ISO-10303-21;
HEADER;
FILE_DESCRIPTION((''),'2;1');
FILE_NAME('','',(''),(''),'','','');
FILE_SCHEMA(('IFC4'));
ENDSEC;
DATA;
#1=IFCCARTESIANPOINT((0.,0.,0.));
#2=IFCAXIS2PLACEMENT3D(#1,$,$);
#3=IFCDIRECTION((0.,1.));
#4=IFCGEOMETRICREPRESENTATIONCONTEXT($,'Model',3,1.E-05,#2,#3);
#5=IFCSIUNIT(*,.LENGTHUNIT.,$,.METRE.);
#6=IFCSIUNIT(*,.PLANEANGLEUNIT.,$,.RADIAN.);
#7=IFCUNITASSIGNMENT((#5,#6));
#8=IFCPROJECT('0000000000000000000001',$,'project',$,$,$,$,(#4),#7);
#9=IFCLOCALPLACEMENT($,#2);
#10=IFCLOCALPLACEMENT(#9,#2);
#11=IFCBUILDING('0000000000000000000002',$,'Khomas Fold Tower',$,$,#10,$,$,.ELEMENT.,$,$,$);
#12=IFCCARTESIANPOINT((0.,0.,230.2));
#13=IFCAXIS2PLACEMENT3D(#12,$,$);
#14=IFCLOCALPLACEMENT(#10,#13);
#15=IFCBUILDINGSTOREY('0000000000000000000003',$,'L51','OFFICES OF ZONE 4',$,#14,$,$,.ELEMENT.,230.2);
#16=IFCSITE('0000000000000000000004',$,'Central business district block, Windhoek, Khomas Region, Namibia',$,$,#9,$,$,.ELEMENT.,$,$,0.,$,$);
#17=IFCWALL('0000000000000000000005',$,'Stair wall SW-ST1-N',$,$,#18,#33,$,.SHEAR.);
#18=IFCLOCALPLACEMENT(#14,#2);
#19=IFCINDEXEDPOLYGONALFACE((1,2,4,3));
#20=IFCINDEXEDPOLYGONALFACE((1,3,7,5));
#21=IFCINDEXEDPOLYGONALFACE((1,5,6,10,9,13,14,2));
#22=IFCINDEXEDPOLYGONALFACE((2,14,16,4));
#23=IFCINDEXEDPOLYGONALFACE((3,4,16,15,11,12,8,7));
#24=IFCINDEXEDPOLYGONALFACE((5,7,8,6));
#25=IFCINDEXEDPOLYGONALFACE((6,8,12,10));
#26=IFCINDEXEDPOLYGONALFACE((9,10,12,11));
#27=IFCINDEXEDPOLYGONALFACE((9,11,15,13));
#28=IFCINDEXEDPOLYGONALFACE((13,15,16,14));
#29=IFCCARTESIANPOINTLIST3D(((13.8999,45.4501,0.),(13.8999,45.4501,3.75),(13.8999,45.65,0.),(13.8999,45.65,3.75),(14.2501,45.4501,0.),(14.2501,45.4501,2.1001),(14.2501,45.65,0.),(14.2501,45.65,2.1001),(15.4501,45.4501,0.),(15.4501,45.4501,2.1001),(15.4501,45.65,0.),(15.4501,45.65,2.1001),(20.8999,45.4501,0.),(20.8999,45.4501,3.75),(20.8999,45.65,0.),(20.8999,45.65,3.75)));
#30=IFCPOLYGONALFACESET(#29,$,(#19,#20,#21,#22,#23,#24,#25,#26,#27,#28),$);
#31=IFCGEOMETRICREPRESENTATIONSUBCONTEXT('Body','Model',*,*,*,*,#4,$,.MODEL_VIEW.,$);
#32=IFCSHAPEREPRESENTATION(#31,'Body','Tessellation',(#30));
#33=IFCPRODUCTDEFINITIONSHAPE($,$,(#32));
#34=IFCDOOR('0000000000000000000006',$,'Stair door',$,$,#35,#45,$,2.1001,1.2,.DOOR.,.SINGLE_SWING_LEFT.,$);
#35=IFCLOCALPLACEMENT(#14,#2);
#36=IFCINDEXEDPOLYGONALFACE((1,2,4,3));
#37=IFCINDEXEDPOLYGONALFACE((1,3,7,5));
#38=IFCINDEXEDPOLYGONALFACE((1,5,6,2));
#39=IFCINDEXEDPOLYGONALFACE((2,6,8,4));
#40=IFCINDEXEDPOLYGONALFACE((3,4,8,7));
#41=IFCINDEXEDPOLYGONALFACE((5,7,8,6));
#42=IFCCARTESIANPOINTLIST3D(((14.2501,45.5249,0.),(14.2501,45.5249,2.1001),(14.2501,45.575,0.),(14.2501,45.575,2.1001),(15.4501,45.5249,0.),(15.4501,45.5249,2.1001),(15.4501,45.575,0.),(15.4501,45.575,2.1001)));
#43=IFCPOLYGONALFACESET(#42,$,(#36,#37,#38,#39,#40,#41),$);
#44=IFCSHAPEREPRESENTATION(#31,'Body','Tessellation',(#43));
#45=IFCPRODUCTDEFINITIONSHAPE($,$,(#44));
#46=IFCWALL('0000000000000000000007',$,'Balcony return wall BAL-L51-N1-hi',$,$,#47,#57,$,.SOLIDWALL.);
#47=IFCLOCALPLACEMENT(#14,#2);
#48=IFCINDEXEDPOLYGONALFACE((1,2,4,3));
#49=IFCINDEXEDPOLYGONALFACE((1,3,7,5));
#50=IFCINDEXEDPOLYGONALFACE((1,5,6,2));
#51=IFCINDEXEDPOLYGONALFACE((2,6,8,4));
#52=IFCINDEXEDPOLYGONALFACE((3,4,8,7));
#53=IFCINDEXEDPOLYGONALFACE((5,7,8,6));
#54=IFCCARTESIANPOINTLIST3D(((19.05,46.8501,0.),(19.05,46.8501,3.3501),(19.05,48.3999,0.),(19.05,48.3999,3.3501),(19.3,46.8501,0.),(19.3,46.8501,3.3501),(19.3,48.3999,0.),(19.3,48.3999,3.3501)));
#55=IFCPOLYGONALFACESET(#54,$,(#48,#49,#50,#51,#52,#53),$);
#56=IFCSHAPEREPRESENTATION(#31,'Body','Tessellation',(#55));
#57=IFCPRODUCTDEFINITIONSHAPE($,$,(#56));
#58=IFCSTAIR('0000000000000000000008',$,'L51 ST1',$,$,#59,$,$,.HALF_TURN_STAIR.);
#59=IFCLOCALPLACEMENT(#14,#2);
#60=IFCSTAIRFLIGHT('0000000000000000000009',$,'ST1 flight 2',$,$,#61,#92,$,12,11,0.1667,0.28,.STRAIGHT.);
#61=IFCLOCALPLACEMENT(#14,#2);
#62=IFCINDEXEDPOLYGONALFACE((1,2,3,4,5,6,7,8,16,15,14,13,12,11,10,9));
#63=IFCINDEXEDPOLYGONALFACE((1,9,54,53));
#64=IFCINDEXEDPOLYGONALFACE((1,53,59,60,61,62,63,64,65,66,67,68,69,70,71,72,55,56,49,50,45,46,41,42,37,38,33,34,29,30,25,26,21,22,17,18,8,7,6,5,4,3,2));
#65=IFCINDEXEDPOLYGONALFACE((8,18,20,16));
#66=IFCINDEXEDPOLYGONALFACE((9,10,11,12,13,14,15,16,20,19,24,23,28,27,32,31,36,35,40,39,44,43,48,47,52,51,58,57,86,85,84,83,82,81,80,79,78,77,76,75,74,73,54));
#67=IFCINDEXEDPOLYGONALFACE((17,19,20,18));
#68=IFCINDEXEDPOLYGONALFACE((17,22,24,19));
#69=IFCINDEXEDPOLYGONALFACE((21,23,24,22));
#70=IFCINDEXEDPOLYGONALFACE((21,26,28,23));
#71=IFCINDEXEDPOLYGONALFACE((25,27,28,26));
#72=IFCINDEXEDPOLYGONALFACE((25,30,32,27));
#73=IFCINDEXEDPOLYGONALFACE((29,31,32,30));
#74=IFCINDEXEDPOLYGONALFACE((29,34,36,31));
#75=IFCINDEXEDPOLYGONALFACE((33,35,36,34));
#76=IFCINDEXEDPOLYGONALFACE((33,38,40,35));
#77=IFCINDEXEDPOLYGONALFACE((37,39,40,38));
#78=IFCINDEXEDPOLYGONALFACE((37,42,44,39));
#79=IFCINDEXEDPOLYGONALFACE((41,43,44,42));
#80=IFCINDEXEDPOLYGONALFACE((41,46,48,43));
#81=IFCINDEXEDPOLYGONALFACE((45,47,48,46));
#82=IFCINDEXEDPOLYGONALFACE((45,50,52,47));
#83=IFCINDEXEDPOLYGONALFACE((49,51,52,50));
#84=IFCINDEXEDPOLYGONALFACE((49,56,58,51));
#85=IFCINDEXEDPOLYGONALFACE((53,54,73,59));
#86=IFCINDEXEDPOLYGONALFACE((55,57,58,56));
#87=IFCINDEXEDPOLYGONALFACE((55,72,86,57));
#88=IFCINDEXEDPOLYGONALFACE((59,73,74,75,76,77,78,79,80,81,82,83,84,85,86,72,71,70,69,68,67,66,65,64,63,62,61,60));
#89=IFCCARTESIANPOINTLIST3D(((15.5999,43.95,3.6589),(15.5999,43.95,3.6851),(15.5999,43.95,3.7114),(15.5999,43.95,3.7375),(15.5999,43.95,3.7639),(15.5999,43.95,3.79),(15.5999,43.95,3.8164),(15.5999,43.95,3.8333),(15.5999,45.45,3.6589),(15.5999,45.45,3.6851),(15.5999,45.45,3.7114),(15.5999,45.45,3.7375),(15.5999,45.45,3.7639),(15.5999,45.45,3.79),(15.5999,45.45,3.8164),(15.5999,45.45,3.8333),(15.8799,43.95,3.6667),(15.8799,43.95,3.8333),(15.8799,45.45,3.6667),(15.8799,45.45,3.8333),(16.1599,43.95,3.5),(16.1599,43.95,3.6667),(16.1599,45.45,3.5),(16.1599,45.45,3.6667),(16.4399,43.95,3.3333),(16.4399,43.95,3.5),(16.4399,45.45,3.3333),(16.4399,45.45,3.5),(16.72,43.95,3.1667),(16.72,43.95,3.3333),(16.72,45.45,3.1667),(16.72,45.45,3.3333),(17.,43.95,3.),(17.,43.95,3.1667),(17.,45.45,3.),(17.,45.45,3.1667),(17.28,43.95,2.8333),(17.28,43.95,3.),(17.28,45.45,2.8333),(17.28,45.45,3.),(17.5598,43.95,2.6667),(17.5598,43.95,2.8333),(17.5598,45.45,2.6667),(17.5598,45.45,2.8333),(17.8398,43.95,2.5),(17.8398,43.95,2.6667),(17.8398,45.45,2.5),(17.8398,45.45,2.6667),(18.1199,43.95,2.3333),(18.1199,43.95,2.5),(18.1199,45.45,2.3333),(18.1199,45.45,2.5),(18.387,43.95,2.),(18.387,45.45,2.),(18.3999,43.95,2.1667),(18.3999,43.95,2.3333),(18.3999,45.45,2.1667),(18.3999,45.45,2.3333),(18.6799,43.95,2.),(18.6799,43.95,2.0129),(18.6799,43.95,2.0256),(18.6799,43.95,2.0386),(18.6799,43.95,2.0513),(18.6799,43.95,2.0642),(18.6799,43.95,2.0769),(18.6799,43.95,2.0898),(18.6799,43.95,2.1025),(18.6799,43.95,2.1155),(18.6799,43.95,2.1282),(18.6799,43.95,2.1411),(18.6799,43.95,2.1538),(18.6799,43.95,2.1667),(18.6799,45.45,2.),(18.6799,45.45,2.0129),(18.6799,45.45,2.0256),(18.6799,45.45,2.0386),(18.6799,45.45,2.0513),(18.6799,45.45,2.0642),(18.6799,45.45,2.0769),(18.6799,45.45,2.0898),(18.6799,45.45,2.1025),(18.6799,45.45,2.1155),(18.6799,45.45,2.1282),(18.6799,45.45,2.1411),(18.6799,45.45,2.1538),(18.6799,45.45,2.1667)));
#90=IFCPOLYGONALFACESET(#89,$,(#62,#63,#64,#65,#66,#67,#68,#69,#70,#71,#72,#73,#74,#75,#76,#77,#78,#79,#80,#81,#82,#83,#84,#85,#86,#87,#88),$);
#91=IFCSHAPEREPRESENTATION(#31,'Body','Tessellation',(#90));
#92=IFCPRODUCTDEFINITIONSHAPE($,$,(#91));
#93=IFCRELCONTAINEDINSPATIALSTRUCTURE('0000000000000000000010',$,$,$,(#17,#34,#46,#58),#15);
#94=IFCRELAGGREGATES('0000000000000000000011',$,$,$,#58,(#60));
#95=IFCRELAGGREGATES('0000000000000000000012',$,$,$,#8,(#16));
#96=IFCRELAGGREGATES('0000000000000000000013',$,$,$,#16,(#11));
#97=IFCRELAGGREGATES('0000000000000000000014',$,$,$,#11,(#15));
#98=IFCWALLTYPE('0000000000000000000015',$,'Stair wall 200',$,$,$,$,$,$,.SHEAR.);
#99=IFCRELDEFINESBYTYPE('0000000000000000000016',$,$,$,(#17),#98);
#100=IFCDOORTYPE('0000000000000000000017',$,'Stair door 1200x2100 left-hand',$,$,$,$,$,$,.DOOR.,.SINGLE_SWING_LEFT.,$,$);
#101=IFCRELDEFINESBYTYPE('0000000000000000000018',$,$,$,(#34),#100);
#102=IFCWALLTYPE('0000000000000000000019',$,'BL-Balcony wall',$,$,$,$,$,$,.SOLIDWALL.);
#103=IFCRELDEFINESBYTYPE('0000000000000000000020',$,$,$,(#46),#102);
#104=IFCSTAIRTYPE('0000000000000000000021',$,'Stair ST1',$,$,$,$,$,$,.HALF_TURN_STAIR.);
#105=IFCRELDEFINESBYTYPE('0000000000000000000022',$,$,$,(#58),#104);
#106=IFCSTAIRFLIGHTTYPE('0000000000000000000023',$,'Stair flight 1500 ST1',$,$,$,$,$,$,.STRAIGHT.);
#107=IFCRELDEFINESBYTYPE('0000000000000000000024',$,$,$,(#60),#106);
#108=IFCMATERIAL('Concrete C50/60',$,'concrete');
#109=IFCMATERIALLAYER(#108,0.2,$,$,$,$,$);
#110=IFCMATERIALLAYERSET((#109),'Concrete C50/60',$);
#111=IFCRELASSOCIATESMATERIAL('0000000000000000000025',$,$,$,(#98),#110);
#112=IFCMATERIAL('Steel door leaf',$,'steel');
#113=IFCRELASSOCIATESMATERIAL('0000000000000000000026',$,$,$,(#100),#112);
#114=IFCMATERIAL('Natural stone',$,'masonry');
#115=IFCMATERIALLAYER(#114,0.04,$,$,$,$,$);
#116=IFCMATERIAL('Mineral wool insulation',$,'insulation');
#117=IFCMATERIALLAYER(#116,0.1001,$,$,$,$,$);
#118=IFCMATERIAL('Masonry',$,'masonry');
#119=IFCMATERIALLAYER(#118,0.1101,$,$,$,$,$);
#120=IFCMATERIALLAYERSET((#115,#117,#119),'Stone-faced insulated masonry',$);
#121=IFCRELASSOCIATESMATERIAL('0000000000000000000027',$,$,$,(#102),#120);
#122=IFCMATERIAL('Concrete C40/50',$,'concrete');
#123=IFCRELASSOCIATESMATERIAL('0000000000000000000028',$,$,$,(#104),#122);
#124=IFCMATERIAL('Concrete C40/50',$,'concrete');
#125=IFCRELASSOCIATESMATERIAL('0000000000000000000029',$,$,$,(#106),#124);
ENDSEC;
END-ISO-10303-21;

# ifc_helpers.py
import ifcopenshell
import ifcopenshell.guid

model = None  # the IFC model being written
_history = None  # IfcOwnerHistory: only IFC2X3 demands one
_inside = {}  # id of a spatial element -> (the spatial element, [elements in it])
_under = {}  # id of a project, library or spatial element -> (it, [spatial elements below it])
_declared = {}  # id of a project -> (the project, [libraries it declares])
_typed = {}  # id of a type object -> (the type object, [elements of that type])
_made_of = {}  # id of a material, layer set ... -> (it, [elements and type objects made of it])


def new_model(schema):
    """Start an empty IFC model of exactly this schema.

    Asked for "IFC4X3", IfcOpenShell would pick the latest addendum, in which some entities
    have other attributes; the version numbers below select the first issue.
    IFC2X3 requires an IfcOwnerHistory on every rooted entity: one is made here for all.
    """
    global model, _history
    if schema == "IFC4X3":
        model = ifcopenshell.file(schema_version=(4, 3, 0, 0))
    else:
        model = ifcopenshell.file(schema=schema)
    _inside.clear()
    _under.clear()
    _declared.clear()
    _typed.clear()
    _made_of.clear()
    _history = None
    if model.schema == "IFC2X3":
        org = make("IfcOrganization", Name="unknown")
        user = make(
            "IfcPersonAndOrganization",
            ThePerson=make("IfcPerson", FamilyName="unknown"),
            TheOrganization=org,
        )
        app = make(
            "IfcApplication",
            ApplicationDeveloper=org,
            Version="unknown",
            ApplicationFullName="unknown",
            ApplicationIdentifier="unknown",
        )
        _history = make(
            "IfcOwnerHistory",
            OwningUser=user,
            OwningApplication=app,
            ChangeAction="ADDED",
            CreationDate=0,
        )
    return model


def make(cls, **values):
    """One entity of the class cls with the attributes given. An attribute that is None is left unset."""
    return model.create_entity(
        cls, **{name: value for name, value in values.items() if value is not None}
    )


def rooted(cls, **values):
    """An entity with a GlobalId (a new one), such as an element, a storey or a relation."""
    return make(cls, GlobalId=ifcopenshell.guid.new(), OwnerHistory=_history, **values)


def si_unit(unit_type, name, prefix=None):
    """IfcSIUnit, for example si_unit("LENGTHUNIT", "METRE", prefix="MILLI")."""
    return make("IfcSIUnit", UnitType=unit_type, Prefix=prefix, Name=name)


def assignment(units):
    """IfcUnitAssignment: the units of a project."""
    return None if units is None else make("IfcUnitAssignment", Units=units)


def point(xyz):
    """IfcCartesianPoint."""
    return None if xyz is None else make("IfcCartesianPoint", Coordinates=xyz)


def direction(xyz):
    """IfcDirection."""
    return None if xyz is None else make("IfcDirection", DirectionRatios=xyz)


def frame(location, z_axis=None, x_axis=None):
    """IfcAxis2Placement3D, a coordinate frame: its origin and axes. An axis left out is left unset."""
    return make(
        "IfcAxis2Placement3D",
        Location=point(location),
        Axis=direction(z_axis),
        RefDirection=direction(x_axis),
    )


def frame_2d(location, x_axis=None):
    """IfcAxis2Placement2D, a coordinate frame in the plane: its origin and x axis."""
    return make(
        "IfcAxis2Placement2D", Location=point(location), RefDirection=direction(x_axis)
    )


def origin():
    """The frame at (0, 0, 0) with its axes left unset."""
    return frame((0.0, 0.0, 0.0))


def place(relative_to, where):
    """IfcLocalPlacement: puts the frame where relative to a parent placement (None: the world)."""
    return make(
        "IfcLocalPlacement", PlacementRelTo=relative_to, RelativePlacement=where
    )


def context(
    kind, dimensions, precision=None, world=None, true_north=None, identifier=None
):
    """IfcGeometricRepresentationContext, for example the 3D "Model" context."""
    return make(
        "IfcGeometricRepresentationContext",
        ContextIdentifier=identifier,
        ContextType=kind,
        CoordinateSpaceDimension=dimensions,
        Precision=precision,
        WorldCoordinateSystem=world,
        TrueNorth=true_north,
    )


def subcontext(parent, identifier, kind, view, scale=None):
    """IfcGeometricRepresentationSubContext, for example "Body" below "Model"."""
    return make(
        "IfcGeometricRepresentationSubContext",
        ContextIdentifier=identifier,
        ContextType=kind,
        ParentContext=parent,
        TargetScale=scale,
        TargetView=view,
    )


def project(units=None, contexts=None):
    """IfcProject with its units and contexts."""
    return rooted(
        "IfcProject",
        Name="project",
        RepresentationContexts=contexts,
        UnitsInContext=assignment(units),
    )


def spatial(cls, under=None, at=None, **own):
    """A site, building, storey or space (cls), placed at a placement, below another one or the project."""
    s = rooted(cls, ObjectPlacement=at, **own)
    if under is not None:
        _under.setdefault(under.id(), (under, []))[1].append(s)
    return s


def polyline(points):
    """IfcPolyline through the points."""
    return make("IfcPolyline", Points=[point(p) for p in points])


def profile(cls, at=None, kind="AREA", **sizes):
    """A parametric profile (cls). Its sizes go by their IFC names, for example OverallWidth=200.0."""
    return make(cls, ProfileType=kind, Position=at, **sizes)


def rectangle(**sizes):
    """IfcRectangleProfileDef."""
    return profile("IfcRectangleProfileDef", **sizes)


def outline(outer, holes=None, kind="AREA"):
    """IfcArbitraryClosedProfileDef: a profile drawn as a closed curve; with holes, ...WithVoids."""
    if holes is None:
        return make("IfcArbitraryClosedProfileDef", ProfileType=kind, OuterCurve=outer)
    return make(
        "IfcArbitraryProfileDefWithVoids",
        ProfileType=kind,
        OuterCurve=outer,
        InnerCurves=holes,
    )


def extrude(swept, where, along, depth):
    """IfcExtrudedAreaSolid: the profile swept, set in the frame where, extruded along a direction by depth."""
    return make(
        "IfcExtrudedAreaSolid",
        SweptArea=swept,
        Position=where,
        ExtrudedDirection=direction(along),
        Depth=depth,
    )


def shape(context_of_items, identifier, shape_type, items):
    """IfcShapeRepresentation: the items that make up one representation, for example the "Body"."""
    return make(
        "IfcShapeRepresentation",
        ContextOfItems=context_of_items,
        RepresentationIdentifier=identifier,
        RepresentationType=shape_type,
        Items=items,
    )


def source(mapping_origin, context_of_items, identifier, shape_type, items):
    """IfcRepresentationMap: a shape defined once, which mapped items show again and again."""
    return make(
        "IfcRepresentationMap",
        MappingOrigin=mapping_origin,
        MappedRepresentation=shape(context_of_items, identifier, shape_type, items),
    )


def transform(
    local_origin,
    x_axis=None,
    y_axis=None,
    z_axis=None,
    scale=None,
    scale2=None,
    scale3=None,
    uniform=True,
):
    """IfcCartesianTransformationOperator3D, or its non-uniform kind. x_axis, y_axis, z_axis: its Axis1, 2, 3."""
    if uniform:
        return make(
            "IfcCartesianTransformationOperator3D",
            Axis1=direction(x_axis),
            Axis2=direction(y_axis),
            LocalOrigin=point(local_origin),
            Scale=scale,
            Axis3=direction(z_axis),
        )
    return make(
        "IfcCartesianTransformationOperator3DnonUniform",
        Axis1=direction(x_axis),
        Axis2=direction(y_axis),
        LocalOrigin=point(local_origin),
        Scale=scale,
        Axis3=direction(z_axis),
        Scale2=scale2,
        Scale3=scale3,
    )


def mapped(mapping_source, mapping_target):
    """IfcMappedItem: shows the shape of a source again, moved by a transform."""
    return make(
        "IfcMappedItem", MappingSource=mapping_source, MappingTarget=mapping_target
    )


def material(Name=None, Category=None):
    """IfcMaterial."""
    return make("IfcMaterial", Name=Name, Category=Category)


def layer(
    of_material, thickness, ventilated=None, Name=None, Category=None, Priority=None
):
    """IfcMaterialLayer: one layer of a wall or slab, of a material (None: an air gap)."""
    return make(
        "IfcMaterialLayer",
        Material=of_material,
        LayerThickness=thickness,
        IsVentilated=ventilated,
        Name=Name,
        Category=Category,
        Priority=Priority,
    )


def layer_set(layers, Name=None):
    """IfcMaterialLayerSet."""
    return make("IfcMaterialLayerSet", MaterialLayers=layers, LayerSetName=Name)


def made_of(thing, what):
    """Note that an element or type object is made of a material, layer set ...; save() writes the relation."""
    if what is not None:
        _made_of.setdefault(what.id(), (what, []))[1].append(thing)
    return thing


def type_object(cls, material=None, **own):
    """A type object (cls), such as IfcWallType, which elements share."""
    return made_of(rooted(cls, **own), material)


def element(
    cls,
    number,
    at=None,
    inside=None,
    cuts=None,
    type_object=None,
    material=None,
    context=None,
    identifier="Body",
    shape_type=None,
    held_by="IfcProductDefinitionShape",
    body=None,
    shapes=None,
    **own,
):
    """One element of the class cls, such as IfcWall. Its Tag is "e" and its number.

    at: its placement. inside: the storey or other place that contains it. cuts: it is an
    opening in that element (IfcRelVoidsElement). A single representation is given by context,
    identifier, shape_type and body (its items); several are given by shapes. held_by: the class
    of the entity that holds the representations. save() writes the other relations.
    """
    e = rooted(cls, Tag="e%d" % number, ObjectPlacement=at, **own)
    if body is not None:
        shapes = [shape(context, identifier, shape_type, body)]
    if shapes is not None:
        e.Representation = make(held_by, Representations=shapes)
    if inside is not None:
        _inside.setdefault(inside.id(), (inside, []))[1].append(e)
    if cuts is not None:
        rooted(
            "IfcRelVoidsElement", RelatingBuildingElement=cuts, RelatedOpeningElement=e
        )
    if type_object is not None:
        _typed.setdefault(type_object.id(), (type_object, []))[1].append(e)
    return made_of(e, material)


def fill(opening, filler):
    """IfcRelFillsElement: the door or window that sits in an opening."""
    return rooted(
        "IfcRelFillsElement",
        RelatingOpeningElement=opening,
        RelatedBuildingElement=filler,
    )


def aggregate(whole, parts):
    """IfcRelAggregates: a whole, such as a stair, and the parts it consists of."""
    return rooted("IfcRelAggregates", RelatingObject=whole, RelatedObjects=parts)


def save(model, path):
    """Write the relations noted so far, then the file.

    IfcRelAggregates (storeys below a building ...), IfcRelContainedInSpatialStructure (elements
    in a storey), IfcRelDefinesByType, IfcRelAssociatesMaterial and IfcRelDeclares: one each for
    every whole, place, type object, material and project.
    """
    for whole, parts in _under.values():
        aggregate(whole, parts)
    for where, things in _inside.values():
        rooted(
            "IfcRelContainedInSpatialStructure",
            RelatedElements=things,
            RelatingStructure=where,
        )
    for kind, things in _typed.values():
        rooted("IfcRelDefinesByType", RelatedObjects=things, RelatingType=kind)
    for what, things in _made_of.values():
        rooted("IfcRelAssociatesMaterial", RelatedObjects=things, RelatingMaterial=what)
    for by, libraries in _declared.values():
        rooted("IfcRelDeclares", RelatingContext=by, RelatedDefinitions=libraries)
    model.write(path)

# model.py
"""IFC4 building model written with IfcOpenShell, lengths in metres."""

from ifc_helpers import new_model, si_unit, direction, frame, frame_2d, origin, place, context, subcontext, project, spatial, polyline, rectangle, outline, extrude, source, transform, mapped, material, layer, layer_set, type_object, element, fill, aggregate, save


model = new_model("IFC4")

# Units and contexts
model_context = context("Model", 3, precision=1e-05, world=origin(), true_north=direction((0.0, 1.0)))
body_context = subcontext(model_context, "Body", "Model", "MODEL_VIEW")
ifc_project = project(units=[si_unit("LENGTHUNIT", "METRE"), si_unit("PLANEANGLEUNIT", "RADIAN")], contexts=[model_context])

# Site, building, storey
site_placement = place(None, origin())
site = spatial("IfcSite", under=ifc_project, at=site_placement, Name="Central business district block, Windhoek, Khomas Region, Namibia", CompositionType="ELEMENT", RefElevation=0.0)
building_placement = place(site_placement, origin())
building = spatial("IfcBuilding", under=site, at=building_placement, Name="Khomas Fold Tower", CompositionType="ELEMENT")
storey_placement = place(building_placement, frame((0.0, 0.0, 230.2)))
storey = spatial("IfcBuildingStorey", under=building, at=storey_placement, Name="L51", Description="OFFICES OF ZONE 4", CompositionType="ELEMENT", Elevation=230.2)

# Wall, opening, door
ifc_material_1 = material(Name="Concrete C50/60", Category="concrete")
ifc_layer_1 = layer(ifc_material_1, 0.2)
ifc_layer_set_1 = layer_set([ifc_layer_1], Name="Concrete C50/60")
wall_type_1 = type_object("IfcWallType", Name="Stair wall 200", PredefinedType="SHEAR", material=ifc_layer_set_1)
shared_shape_1 = source(origin(), body_context, "Body", "SweptSolid", [
    extrude(rectangle(XDim=7.0, YDim=0.2, at=frame_2d((3.5, 0.0))), origin(), (0.0, 0.0, 1.0), 3.75),
])
wall_1_placement = place(storey_placement, frame((13.8999, 45.55, 0.0), z_axis=(0.0, 0.0, 1.0), x_axis=(1.0, 0.0, 0.0)))
wall_1 = element("IfcWall", 1, at=wall_1_placement, inside=storey, type_object=wall_type_1, Name="Stair wall SW-ST1-N", PredefinedType="SHEAR", context=body_context, shape_type="MappedRepresentation", body=[
    mapped(shared_shape_1, transform((0.0, 0.0, 0.0))),
])
shared_shape_2 = source(origin(), body_context, "Body", "SweptSolid", [
    extrude(rectangle(XDim=1.2, YDim=2.1001, at=frame_2d((0.6001, 1.05))), frame((0.0, 0.1099, 0.0), z_axis=(0.0, -1.0, 0.0), x_axis=(1.0, 0.0, 0.0)), (0.0, 0.0, 1.0), 0.22),
])
opening_1_placement = place(wall_1_placement, frame((0.3501, 0.0, 0.0)))
opening_1 = element("IfcOpeningElement", 2, at=opening_1_placement, cuts=wall_1, PredefinedType="OPENING", context=body_context, shape_type="MappedRepresentation", body=[
    mapped(shared_shape_2, transform((0.0, 0.0, 0.0))),
])
ifc_material_2 = material(Name="Steel door leaf", Category="steel")
door_type_1 = type_object("IfcDoorType", Name="Stair door 1200x2100 left-hand", OperationType="SINGLE_SWING_LEFT", PredefinedType="DOOR", material=ifc_material_2)
shared_shape_3 = source(origin(), body_context, "Body", "SweptSolid", [
    extrude(rectangle(XDim=1.2, YDim=2.1001, at=frame_2d((0.6001, 1.05))), frame((0.0, 0.0249, 0.0), z_axis=(0.0, -1.0, 0.0), x_axis=(1.0, 0.0, 0.0)), (0.0, 0.0, 1.0), 0.05),
])
door_1_placement = place(opening_1_placement, origin())
door_1 = element("IfcDoor", 3, at=door_1_placement, inside=storey, type_object=door_type_1, Name="Stair door", OperationType="SINGLE_SWING_LEFT", OverallHeight=2.1001, OverallWidth=1.2, PredefinedType="DOOR", context=body_context, shape_type="MappedRepresentation", body=[
    mapped(shared_shape_3, transform((0.0, 0.0, 0.0))),
])
fill(opening_1, door_1)

# Shared definitions
ifc_material_3 = material(Name="Natural stone", Category="masonry")
ifc_layer_2 = layer(ifc_material_3, 0.04)
ifc_material_4 = material(Name="Mineral wool insulation", Category="insulation")
ifc_layer_3 = layer(ifc_material_4, 0.1001)
ifc_material_5 = material(Name="Masonry", Category="masonry")
ifc_layer_4 = layer(ifc_material_5, 0.1101)
ifc_layer_set_2 = layer_set([ifc_layer_2, ifc_layer_3, ifc_layer_4], Name="Stone-faced insulated masonry")
wall_type_2 = type_object("IfcWallType", Name="BL-Balcony wall", PredefinedType="SOLIDWALL", material=ifc_layer_set_2)

# Wall
shared_shape_4 = source(origin(), body_context, "Body", "SweptSolid", [
    extrude(rectangle(XDim=1.5498, YDim=0.25, at=frame_2d((0.7749, 0.0))), origin(), (0.0, 0.0, 1.0), 3.3501),
])
wall_2_placement = place(storey_placement, frame((19.175, 48.3999, 0.0), z_axis=(0.0, 0.0, 1.0), x_axis=(0.0, -1.0, 0.0)))
element("IfcWall", 4, at=wall_2_placement, inside=storey, type_object=wall_type_2, Name="Balcony return wall BAL-L51-N1-hi", PredefinedType="SOLIDWALL", context=body_context, shape_type="MappedRepresentation", body=[
    mapped(shared_shape_4, transform((0.0, 0.0, 0.0))),
])

# Stair, stair flight
ifc_material_6 = material(Name="Concrete C40/50", Category="concrete")
stair_type = type_object("IfcStairType", Name="Stair ST1", PredefinedType="HALF_TURN_STAIR", material=ifc_material_6)
stair_placement = place(storey_placement, origin())
stair = element("IfcStair", 5, at=stair_placement, inside=storey, type_object=stair_type, Name="L51 ST1", PredefinedType="HALF_TURN_STAIR")
ifc_material_7 = material(Name="Concrete C40/50", Category="concrete")
stair_flight_type = type_object("IfcStairFlightType", Name="Stair flight 1500 ST1", PredefinedType="STRAIGHT", material=ifc_material_7)
shared_shape_5 = source(origin(), body_context, "Body", "SweptSolid", [
    extrude(outline(polyline([(0.0, 0.0), (0.0, 0.0129), (0.0, 0.0256), (0.0, 0.0386), (0.0, 0.0513), (0.0, 0.0642), (0.0, 0.0769), (0.0, 0.0898), (0.0, 0.1025), (0.0, 0.1155), (0.0, 0.1282), (0.0, 0.1411), (0.0, 0.1538), (0.0, 0.1667), (0.28, 0.1667), (0.28, 0.3333), (0.5601, 0.3333), (0.5601, 0.5), (0.8401, 0.5), (0.8401, 0.6667), (1.1201, 0.6667), (1.1201, 0.8333), (1.3999, 0.8333), (1.3999, 1.0), (1.6799, 1.0), (1.6799, 1.1667), (1.96, 1.1667), (1.96, 1.3333), (2.24, 1.3333), (2.24, 1.5), (2.52, 1.5), (2.52, 1.6667), (2.8, 1.6667), (2.8, 1.8333), (3.0801, 1.8333), (3.0801, 2.0), (3.0801, 1.9739), (3.0801, 1.9475), (3.0801, 1.9214), (3.0801, 1.895), (3.0801, 1.8689), (3.0801, 1.8425), (3.0801, 1.8164), (3.0801, 1.79), (3.0801, 1.7639), (3.0801, 1.7375), (3.0801, 1.7114), (3.0801, 1.6851), (3.0801, 1.6589), (0.293, 0.0), (0.0, 0.0)])), frame((0.0, 0.75, 0.0), z_axis=(0.0, -1.0, 0.0), x_axis=(1.0, 0.0, 0.0)), (0.0, 0.0, 1.0), 1.5),
])
stair_flight_placement = place(storey_placement, frame((18.6799, 44.7, 2.0), z_axis=(0.0, 0.0, 1.0), x_axis=(-1.0, 0.0, 0.0)))
stair_flight = element("IfcStairFlight", 6, at=stair_flight_placement, type_object=stair_flight_type, Name="ST1 flight 2", NumberOfRisers=12, NumberOfTreads=11, PredefinedType="STRAIGHT", RiserHeight=0.1667, TreadLength=0.28, context=body_context, shape_type="MappedRepresentation", body=[
    mapped(shared_shape_5, transform((0.0, 0.0, 0.0))),
])
aggregate(stair, [stair_flight])

save(model, "model.ifc")
